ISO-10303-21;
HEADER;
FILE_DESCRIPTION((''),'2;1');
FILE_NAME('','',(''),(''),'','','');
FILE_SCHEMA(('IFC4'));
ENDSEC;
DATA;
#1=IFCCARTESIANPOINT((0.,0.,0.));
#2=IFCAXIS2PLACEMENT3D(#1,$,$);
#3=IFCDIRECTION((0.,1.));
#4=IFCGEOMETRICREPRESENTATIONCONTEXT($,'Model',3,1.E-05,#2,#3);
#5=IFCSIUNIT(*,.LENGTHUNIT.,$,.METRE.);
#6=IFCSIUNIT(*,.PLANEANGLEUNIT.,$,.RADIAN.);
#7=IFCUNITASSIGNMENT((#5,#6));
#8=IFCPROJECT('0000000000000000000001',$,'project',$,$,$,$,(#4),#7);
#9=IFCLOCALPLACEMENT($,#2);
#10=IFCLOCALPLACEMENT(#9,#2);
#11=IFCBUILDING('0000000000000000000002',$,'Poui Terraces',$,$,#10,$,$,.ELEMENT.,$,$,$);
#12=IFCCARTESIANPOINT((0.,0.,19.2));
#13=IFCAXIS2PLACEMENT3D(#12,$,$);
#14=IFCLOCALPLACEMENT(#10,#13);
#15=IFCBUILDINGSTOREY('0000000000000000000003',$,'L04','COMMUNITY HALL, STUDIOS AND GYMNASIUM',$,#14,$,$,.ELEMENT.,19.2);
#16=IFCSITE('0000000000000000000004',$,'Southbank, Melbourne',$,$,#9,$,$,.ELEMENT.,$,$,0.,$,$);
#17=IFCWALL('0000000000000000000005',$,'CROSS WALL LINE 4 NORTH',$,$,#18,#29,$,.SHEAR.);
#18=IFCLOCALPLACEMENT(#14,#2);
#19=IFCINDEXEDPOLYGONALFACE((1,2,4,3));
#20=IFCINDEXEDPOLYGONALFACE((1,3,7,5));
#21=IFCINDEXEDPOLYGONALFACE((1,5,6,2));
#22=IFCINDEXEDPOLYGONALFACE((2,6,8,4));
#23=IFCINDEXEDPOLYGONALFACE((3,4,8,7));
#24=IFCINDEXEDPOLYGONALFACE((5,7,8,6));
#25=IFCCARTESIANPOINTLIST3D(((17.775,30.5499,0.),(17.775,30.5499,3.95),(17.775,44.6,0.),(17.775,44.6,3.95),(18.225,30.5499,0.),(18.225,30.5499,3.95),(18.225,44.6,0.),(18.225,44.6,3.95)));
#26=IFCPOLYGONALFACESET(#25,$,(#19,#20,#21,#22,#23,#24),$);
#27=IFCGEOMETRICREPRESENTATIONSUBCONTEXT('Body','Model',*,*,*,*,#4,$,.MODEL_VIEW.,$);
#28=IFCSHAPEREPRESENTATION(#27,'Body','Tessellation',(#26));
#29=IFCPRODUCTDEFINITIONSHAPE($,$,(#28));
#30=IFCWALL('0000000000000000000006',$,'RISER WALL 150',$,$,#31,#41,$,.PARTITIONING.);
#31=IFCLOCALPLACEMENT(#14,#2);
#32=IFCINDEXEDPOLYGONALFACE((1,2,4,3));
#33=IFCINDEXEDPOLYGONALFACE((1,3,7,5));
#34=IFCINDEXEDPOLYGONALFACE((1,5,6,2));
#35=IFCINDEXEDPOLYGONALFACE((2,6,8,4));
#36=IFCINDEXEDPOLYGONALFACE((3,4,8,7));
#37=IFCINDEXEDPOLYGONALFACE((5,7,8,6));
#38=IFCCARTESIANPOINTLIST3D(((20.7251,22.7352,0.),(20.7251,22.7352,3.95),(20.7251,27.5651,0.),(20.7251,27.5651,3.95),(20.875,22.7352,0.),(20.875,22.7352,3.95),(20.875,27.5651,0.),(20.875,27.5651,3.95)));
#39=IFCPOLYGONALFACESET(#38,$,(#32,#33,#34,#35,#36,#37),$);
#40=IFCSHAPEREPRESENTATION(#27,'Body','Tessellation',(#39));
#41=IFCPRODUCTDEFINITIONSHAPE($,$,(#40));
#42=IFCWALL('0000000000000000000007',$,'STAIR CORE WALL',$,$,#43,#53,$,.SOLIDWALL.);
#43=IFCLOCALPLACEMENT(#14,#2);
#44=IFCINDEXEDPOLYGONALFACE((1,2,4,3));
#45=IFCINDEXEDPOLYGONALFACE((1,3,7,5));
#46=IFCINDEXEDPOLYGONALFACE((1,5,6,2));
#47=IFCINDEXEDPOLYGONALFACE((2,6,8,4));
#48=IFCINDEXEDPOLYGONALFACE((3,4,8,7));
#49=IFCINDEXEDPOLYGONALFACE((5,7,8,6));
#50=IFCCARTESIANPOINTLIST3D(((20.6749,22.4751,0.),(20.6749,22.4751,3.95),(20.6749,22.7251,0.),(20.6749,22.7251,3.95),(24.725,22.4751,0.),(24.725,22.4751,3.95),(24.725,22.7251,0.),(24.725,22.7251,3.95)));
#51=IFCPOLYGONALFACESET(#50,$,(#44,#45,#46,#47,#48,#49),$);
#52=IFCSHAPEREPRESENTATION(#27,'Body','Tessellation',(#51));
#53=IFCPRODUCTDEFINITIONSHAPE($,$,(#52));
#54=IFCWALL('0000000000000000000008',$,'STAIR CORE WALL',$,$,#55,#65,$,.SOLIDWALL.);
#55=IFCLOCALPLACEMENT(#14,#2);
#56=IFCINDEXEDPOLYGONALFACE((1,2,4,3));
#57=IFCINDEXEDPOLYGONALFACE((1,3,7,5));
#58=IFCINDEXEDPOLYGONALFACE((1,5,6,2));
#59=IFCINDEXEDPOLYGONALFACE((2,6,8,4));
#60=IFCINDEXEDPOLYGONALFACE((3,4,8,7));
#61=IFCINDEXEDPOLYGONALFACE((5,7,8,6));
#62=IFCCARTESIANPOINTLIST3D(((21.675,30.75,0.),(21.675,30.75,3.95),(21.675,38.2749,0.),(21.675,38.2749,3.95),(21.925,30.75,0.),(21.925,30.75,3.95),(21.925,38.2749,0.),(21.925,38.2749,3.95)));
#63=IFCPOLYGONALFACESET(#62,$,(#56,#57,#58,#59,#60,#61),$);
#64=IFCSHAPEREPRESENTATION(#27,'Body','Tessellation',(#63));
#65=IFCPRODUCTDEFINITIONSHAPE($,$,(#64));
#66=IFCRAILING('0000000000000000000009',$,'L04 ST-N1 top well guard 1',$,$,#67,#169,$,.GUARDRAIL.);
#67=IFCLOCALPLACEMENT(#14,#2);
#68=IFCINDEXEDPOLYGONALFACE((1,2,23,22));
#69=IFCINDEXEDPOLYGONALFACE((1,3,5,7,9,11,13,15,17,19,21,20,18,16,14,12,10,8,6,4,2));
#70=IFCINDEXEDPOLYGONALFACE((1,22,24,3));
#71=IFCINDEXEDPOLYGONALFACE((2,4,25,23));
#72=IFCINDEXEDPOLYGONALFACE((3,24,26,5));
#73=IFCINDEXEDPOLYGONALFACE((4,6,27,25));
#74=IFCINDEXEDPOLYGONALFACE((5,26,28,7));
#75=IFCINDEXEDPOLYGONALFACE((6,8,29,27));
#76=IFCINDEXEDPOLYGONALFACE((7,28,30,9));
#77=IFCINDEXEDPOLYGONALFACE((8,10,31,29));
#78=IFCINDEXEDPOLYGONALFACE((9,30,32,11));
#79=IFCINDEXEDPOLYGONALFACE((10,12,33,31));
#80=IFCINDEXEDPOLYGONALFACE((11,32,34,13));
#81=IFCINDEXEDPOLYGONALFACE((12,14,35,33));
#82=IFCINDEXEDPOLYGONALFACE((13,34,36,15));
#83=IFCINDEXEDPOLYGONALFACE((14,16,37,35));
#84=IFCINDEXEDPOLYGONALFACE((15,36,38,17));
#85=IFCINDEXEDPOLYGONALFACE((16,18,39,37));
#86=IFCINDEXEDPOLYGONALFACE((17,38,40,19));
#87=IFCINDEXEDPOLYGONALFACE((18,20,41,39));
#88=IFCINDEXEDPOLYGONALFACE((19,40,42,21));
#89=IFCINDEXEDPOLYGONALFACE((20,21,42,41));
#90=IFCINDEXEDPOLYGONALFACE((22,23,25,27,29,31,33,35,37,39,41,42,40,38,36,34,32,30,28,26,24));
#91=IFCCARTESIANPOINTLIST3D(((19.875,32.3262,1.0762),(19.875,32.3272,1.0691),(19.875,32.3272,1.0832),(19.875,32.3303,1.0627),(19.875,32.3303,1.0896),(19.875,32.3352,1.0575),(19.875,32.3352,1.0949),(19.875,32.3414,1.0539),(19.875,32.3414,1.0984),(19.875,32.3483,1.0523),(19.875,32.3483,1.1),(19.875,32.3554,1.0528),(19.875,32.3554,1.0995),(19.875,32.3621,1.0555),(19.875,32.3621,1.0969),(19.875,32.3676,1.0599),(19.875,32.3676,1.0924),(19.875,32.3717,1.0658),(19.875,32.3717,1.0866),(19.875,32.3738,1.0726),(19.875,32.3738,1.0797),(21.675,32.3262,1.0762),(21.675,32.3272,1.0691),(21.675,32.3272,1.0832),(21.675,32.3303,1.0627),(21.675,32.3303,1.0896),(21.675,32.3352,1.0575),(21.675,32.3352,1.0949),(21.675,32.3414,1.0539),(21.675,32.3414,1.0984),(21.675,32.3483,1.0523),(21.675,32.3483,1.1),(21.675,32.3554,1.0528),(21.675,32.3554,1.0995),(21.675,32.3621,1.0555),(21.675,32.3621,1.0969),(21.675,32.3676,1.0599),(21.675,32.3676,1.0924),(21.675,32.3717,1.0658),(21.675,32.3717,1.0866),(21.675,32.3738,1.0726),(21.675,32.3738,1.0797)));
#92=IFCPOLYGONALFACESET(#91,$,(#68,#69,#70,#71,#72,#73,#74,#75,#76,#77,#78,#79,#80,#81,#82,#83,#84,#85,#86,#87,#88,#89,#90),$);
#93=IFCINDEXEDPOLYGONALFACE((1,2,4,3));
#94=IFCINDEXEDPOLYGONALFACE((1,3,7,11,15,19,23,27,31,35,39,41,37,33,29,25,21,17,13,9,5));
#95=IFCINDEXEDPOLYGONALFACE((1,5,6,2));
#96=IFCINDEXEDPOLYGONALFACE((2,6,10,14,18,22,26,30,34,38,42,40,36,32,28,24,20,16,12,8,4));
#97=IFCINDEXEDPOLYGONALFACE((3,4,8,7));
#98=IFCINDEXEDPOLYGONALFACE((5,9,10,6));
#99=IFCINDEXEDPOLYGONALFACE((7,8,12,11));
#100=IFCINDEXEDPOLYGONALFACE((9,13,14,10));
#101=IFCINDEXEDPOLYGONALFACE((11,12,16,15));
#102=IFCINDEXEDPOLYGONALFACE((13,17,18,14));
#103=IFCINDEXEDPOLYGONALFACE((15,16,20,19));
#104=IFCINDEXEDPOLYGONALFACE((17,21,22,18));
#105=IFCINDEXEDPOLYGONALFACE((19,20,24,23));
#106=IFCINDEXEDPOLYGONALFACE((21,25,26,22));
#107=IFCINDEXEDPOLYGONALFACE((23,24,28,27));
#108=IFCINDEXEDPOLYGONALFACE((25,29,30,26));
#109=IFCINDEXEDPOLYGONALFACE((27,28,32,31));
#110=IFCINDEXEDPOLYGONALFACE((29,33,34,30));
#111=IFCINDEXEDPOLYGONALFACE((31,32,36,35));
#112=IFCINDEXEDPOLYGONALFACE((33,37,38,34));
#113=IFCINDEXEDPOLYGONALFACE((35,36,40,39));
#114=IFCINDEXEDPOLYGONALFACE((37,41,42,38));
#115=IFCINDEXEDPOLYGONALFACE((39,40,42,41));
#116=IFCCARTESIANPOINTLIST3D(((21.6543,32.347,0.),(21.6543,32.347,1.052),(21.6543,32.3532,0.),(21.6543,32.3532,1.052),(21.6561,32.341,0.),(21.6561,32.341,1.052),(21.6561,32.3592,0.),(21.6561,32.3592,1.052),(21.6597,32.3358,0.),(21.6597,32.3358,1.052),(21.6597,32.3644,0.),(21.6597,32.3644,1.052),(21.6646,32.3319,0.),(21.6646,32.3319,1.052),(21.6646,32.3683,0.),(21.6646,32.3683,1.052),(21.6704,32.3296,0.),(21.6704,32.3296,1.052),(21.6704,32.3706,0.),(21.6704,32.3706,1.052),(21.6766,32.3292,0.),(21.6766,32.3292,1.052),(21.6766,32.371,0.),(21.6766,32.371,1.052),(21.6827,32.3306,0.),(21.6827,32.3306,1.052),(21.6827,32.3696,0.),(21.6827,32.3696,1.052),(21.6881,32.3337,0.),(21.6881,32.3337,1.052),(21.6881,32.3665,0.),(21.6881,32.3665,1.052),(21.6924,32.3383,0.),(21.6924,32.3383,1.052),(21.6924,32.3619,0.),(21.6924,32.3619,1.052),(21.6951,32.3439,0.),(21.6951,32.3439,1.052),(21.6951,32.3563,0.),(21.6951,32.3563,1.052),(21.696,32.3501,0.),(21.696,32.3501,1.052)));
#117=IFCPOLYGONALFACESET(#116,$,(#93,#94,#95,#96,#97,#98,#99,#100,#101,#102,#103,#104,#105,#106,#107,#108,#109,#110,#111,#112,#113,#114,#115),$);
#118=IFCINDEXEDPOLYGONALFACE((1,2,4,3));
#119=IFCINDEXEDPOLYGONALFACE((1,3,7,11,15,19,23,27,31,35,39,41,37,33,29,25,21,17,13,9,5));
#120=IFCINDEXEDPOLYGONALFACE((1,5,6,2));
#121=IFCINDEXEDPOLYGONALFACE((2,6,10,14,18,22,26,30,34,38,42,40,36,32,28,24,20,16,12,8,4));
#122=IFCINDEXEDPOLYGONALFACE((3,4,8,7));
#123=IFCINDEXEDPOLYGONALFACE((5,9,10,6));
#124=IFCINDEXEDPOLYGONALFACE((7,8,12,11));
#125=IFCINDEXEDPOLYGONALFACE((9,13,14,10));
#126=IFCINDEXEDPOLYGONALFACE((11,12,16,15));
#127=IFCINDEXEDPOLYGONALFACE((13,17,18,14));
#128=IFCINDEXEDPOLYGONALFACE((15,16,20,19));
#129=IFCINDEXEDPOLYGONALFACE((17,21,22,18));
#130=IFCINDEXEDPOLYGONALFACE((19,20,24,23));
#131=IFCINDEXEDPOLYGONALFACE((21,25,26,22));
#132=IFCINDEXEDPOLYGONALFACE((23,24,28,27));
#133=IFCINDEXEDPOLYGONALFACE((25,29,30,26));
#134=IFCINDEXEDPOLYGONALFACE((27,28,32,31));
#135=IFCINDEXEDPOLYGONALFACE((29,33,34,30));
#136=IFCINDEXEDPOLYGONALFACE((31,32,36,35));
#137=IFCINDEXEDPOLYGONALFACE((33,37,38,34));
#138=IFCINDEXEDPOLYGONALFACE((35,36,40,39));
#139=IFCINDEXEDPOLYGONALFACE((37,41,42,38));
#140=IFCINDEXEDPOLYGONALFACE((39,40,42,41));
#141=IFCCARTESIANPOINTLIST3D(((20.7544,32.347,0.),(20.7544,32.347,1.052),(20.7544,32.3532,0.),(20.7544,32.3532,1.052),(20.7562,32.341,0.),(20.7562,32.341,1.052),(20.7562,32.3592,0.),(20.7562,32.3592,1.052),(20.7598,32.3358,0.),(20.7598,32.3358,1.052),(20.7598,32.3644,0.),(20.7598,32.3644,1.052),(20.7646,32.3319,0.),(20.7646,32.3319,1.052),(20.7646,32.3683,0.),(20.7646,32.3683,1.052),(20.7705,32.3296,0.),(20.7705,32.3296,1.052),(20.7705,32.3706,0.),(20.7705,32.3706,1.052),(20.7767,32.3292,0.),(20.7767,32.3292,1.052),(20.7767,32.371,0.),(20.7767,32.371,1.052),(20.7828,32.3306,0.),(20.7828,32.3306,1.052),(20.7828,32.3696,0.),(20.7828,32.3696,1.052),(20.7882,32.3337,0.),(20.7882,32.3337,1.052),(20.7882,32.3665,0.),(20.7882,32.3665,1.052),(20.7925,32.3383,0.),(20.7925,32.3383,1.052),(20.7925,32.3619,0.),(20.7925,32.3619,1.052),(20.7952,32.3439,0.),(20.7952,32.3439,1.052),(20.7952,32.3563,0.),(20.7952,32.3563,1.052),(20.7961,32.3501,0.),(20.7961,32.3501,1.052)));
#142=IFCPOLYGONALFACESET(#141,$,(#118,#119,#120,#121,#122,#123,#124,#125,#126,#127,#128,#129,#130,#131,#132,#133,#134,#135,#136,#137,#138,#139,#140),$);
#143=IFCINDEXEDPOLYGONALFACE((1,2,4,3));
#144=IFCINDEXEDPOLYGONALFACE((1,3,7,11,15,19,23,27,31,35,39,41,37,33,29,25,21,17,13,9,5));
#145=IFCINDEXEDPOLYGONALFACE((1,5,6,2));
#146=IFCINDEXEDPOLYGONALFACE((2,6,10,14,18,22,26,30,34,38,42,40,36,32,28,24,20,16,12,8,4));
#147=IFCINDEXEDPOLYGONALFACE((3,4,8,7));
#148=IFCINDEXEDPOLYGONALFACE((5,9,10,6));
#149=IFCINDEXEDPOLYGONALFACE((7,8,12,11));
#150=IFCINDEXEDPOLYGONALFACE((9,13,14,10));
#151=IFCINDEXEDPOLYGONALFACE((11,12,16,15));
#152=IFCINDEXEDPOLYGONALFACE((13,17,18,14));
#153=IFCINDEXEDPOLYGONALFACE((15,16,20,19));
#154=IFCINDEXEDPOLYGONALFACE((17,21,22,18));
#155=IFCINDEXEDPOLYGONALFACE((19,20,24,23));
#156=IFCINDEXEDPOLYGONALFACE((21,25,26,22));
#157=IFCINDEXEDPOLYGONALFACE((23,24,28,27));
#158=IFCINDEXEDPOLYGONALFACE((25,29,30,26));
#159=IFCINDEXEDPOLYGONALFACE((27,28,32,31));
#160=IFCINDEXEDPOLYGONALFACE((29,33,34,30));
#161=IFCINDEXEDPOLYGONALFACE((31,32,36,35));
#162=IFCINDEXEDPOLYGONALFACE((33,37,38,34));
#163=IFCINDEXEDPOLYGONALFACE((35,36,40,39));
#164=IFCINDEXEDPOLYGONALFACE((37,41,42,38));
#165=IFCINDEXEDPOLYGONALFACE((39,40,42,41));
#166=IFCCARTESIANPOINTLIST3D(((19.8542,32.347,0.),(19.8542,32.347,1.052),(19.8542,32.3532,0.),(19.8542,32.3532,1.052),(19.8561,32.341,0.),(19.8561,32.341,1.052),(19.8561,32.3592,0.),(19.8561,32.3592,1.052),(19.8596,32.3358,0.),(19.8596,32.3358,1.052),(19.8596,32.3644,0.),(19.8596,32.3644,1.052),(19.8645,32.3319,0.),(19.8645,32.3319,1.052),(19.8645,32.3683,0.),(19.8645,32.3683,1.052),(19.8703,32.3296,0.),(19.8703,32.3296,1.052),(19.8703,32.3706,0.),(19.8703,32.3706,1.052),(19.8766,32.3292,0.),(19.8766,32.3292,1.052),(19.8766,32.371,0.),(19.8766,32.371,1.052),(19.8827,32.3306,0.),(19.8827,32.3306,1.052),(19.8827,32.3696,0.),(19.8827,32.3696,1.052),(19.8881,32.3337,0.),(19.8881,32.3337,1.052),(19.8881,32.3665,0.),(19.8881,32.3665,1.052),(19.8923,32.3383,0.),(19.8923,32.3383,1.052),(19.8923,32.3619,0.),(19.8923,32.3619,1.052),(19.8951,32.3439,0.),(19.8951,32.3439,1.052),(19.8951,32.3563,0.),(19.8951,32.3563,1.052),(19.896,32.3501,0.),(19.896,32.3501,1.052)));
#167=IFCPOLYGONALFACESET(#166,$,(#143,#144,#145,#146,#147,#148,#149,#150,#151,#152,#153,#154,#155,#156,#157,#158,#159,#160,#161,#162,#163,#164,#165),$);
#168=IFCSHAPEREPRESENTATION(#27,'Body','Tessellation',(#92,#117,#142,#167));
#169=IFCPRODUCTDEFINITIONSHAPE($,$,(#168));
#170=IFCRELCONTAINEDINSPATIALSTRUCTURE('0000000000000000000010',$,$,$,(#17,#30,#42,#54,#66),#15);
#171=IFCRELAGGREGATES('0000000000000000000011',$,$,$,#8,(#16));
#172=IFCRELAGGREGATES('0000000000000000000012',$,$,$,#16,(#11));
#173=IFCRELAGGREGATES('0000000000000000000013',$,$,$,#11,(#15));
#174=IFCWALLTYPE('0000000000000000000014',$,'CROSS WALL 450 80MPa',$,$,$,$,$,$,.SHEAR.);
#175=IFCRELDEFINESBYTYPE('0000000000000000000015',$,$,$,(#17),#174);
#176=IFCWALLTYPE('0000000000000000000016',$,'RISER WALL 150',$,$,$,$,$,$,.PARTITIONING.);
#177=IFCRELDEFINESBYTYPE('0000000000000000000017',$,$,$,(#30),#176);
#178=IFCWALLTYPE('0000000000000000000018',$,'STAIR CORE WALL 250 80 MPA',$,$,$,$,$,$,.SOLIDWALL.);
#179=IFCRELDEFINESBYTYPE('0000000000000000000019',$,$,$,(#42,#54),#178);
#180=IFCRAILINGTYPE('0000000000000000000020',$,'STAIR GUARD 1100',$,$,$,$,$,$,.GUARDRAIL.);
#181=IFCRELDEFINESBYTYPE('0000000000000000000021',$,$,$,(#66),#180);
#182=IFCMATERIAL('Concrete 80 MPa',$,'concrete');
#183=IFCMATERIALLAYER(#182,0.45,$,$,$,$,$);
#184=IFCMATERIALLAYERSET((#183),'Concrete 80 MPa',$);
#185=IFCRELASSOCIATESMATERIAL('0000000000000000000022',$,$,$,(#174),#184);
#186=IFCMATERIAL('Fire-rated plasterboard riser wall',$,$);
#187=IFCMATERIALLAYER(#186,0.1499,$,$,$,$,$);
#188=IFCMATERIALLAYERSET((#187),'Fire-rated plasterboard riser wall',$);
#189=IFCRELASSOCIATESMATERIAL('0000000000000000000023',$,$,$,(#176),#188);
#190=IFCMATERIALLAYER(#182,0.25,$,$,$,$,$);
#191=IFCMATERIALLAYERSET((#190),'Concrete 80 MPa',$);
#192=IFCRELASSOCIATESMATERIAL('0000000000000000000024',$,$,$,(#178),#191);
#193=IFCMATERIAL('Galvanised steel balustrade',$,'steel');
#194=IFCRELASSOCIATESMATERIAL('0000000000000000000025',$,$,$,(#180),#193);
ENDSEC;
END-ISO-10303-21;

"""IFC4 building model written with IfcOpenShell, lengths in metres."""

from ifc_helpers import new_model, si_unit, direction, frame, frame_2d, origin, origin_2d, place, context, subcontext, project, spatial, rectangle, circle, extrude, material, layer, layer_set, type_object, element, save


model = new_model("IFC4")

# Units and contexts
model_context = context("Model", 3, precision=1e-05, world=origin(), true_north=direction((0.0, 1.0)))
body_context = subcontext(model_context, "Body", "Model", "MODEL_VIEW")
ifc_project = project(units=[si_unit("LENGTHUNIT", "METRE"), si_unit("PLANEANGLEUNIT", "RADIAN")], contexts=[model_context])

# Site, building, storey
site_placement = place(None, origin())
site = spatial("IfcSite", under=ifc_project, at=site_placement, Name="Southbank, Melbourne", CompositionType="ELEMENT", RefElevation=0.0)
building_placement = place(site_placement, origin())
building = spatial("IfcBuilding", under=site, at=building_placement, Name="Poui Terraces", CompositionType="ELEMENT")
storey_placement = place(building_placement, frame((0.0, 0.0, 19.2)))
storey = spatial("IfcBuildingStorey", under=building, at=storey_placement, Name="L04", Description="COMMUNITY HALL, STUDIOS AND GYMNASIUM", CompositionType="ELEMENT", Elevation=19.2)

# Walls
ifc_material_1 = material(Name="Concrete 80 MPa", Category="concrete")
ifc_layer_1 = layer(ifc_material_1, 0.45)
ifc_layer_set_1 = layer_set([ifc_layer_1], Name="Concrete 80 MPa")
wall_type_1 = type_object("IfcWallType", Name="CROSS WALL 450 80MPa", PredefinedType="SHEAR", material=ifc_layer_set_1)
wall_1_placement = place(storey_placement, frame((18.0, 30.55, 0.0), z_axis=(0.0, 0.0, 1.0), x_axis=(0.0, 1.0, 0.0)))
element("IfcWall", 1, at=wall_1_placement, inside=storey, type_object=wall_type_1, Name="CROSS WALL LINE 4 NORTH", PredefinedType="SHEAR", context=body_context, shape_type="SweptSolid", body=[
    extrude(rectangle(XDim=14.05, YDim=0.45, at=frame_2d((7.0249, 0.0))), origin(), (0.0, 0.0, 1.0), 3.95),
])
ifc_material_2 = material(Name="Fire-rated plasterboard riser wall")
ifc_layer_2 = layer(ifc_material_2, 0.1499)
ifc_layer_set_2 = layer_set([ifc_layer_2], Name="Fire-rated plasterboard riser wall")
wall_type_2 = type_object("IfcWallType", Name="RISER WALL 150", PredefinedType="PARTITIONING", material=ifc_layer_set_2)
wall_2_placement = place(storey_placement, frame((20.8, 22.7351, 0.0), z_axis=(0.0, 0.0, 1.0), x_axis=(0.0, 1.0, 0.0)))
element("IfcWall", 2, at=wall_2_placement, inside=storey, type_object=wall_type_2, Name="RISER WALL 150", PredefinedType="PARTITIONING", context=body_context, shape_type="SweptSolid", body=[
    extrude(rectangle(XDim=4.8298, YDim=0.1499, at=frame_2d((2.415, 0.0))), origin(), (0.0, 0.0, 1.0), 3.95),
])
ifc_layer_3 = layer(ifc_material_1, 0.25)
ifc_layer_set_3 = layer_set([ifc_layer_3], Name="Concrete 80 MPa")
wall_type_3 = type_object("IfcWallType", Name="STAIR CORE WALL 250 80 MPA", PredefinedType="SOLIDWALL", material=ifc_layer_set_3)
wall_3_placement = place(storey_placement, frame((20.675, 22.6001, 0.0), z_axis=(0.0, 0.0, 1.0), x_axis=(1.0, 0.0, 0.0)))
element("IfcWall", 3, at=wall_3_placement, inside=storey, type_object=wall_type_3, Name="STAIR CORE WALL", PredefinedType="SOLIDWALL", context=body_context, shape_type="SweptSolid", body=[
    extrude(rectangle(XDim=4.05, YDim=0.25, at=frame_2d((2.0249, 0.0))), origin(), (0.0, 0.0, 1.0), 3.95),
])
wall_4_placement = place(storey_placement, frame((21.8, 30.75, 0.0), z_axis=(0.0, 0.0, 1.0), x_axis=(0.0, 1.0, 0.0)))
element("IfcWall", 4, at=wall_4_placement, inside=storey, type_object=wall_type_3, Name="STAIR CORE WALL", PredefinedType="SOLIDWALL", context=body_context, shape_type="SweptSolid", body=[
    extrude(rectangle(XDim=7.5249, YDim=0.25, at=frame_2d((3.7625, 0.0))), origin(), (0.0, 0.0, 1.0), 3.95),
])

# Railing
ifc_material_3 = material(Name="Galvanised steel balustrade", Category="steel")
railing_type = type_object("IfcRailingType", Name="STAIR GUARD 1100", PredefinedType="GUARDRAIL", material=ifc_material_3)
railing_placement = place(storey_placement, frame((21.675, 32.3501, 0.0)))
element("IfcRailing", 5, at=railing_placement, inside=storey, type_object=railing_type, Name="L04 ST-N1 top well guard 1", PredefinedType="GUARDRAIL", context=body_context, shape_type="SweptSolid", body=[
    extrude(circle(Radius=0.0239, at=origin_2d()), frame((0.0, 0.0, 1.0762), z_axis=(-1.0, 0.0, 0.0), x_axis=(0.0, -1.0, 0.0)), (0.0, 0.0, 1.0), 1.8),
    extrude(circle(Radius=0.021, at=origin_2d()), origin(), (0.0, 0.0, 1.0), 1.052),
    extrude(circle(Radius=0.021, at=origin_2d()), frame((-0.8999, 0.0, 0.0)), (0.0, 0.0, 1.0), 1.052),
    extrude(circle(Radius=0.021, at=origin_2d()), frame((-1.8, 0.0, 0.0)), (0.0, 0.0, 1.0), 1.052),
])

save(model, "model.ifc")
